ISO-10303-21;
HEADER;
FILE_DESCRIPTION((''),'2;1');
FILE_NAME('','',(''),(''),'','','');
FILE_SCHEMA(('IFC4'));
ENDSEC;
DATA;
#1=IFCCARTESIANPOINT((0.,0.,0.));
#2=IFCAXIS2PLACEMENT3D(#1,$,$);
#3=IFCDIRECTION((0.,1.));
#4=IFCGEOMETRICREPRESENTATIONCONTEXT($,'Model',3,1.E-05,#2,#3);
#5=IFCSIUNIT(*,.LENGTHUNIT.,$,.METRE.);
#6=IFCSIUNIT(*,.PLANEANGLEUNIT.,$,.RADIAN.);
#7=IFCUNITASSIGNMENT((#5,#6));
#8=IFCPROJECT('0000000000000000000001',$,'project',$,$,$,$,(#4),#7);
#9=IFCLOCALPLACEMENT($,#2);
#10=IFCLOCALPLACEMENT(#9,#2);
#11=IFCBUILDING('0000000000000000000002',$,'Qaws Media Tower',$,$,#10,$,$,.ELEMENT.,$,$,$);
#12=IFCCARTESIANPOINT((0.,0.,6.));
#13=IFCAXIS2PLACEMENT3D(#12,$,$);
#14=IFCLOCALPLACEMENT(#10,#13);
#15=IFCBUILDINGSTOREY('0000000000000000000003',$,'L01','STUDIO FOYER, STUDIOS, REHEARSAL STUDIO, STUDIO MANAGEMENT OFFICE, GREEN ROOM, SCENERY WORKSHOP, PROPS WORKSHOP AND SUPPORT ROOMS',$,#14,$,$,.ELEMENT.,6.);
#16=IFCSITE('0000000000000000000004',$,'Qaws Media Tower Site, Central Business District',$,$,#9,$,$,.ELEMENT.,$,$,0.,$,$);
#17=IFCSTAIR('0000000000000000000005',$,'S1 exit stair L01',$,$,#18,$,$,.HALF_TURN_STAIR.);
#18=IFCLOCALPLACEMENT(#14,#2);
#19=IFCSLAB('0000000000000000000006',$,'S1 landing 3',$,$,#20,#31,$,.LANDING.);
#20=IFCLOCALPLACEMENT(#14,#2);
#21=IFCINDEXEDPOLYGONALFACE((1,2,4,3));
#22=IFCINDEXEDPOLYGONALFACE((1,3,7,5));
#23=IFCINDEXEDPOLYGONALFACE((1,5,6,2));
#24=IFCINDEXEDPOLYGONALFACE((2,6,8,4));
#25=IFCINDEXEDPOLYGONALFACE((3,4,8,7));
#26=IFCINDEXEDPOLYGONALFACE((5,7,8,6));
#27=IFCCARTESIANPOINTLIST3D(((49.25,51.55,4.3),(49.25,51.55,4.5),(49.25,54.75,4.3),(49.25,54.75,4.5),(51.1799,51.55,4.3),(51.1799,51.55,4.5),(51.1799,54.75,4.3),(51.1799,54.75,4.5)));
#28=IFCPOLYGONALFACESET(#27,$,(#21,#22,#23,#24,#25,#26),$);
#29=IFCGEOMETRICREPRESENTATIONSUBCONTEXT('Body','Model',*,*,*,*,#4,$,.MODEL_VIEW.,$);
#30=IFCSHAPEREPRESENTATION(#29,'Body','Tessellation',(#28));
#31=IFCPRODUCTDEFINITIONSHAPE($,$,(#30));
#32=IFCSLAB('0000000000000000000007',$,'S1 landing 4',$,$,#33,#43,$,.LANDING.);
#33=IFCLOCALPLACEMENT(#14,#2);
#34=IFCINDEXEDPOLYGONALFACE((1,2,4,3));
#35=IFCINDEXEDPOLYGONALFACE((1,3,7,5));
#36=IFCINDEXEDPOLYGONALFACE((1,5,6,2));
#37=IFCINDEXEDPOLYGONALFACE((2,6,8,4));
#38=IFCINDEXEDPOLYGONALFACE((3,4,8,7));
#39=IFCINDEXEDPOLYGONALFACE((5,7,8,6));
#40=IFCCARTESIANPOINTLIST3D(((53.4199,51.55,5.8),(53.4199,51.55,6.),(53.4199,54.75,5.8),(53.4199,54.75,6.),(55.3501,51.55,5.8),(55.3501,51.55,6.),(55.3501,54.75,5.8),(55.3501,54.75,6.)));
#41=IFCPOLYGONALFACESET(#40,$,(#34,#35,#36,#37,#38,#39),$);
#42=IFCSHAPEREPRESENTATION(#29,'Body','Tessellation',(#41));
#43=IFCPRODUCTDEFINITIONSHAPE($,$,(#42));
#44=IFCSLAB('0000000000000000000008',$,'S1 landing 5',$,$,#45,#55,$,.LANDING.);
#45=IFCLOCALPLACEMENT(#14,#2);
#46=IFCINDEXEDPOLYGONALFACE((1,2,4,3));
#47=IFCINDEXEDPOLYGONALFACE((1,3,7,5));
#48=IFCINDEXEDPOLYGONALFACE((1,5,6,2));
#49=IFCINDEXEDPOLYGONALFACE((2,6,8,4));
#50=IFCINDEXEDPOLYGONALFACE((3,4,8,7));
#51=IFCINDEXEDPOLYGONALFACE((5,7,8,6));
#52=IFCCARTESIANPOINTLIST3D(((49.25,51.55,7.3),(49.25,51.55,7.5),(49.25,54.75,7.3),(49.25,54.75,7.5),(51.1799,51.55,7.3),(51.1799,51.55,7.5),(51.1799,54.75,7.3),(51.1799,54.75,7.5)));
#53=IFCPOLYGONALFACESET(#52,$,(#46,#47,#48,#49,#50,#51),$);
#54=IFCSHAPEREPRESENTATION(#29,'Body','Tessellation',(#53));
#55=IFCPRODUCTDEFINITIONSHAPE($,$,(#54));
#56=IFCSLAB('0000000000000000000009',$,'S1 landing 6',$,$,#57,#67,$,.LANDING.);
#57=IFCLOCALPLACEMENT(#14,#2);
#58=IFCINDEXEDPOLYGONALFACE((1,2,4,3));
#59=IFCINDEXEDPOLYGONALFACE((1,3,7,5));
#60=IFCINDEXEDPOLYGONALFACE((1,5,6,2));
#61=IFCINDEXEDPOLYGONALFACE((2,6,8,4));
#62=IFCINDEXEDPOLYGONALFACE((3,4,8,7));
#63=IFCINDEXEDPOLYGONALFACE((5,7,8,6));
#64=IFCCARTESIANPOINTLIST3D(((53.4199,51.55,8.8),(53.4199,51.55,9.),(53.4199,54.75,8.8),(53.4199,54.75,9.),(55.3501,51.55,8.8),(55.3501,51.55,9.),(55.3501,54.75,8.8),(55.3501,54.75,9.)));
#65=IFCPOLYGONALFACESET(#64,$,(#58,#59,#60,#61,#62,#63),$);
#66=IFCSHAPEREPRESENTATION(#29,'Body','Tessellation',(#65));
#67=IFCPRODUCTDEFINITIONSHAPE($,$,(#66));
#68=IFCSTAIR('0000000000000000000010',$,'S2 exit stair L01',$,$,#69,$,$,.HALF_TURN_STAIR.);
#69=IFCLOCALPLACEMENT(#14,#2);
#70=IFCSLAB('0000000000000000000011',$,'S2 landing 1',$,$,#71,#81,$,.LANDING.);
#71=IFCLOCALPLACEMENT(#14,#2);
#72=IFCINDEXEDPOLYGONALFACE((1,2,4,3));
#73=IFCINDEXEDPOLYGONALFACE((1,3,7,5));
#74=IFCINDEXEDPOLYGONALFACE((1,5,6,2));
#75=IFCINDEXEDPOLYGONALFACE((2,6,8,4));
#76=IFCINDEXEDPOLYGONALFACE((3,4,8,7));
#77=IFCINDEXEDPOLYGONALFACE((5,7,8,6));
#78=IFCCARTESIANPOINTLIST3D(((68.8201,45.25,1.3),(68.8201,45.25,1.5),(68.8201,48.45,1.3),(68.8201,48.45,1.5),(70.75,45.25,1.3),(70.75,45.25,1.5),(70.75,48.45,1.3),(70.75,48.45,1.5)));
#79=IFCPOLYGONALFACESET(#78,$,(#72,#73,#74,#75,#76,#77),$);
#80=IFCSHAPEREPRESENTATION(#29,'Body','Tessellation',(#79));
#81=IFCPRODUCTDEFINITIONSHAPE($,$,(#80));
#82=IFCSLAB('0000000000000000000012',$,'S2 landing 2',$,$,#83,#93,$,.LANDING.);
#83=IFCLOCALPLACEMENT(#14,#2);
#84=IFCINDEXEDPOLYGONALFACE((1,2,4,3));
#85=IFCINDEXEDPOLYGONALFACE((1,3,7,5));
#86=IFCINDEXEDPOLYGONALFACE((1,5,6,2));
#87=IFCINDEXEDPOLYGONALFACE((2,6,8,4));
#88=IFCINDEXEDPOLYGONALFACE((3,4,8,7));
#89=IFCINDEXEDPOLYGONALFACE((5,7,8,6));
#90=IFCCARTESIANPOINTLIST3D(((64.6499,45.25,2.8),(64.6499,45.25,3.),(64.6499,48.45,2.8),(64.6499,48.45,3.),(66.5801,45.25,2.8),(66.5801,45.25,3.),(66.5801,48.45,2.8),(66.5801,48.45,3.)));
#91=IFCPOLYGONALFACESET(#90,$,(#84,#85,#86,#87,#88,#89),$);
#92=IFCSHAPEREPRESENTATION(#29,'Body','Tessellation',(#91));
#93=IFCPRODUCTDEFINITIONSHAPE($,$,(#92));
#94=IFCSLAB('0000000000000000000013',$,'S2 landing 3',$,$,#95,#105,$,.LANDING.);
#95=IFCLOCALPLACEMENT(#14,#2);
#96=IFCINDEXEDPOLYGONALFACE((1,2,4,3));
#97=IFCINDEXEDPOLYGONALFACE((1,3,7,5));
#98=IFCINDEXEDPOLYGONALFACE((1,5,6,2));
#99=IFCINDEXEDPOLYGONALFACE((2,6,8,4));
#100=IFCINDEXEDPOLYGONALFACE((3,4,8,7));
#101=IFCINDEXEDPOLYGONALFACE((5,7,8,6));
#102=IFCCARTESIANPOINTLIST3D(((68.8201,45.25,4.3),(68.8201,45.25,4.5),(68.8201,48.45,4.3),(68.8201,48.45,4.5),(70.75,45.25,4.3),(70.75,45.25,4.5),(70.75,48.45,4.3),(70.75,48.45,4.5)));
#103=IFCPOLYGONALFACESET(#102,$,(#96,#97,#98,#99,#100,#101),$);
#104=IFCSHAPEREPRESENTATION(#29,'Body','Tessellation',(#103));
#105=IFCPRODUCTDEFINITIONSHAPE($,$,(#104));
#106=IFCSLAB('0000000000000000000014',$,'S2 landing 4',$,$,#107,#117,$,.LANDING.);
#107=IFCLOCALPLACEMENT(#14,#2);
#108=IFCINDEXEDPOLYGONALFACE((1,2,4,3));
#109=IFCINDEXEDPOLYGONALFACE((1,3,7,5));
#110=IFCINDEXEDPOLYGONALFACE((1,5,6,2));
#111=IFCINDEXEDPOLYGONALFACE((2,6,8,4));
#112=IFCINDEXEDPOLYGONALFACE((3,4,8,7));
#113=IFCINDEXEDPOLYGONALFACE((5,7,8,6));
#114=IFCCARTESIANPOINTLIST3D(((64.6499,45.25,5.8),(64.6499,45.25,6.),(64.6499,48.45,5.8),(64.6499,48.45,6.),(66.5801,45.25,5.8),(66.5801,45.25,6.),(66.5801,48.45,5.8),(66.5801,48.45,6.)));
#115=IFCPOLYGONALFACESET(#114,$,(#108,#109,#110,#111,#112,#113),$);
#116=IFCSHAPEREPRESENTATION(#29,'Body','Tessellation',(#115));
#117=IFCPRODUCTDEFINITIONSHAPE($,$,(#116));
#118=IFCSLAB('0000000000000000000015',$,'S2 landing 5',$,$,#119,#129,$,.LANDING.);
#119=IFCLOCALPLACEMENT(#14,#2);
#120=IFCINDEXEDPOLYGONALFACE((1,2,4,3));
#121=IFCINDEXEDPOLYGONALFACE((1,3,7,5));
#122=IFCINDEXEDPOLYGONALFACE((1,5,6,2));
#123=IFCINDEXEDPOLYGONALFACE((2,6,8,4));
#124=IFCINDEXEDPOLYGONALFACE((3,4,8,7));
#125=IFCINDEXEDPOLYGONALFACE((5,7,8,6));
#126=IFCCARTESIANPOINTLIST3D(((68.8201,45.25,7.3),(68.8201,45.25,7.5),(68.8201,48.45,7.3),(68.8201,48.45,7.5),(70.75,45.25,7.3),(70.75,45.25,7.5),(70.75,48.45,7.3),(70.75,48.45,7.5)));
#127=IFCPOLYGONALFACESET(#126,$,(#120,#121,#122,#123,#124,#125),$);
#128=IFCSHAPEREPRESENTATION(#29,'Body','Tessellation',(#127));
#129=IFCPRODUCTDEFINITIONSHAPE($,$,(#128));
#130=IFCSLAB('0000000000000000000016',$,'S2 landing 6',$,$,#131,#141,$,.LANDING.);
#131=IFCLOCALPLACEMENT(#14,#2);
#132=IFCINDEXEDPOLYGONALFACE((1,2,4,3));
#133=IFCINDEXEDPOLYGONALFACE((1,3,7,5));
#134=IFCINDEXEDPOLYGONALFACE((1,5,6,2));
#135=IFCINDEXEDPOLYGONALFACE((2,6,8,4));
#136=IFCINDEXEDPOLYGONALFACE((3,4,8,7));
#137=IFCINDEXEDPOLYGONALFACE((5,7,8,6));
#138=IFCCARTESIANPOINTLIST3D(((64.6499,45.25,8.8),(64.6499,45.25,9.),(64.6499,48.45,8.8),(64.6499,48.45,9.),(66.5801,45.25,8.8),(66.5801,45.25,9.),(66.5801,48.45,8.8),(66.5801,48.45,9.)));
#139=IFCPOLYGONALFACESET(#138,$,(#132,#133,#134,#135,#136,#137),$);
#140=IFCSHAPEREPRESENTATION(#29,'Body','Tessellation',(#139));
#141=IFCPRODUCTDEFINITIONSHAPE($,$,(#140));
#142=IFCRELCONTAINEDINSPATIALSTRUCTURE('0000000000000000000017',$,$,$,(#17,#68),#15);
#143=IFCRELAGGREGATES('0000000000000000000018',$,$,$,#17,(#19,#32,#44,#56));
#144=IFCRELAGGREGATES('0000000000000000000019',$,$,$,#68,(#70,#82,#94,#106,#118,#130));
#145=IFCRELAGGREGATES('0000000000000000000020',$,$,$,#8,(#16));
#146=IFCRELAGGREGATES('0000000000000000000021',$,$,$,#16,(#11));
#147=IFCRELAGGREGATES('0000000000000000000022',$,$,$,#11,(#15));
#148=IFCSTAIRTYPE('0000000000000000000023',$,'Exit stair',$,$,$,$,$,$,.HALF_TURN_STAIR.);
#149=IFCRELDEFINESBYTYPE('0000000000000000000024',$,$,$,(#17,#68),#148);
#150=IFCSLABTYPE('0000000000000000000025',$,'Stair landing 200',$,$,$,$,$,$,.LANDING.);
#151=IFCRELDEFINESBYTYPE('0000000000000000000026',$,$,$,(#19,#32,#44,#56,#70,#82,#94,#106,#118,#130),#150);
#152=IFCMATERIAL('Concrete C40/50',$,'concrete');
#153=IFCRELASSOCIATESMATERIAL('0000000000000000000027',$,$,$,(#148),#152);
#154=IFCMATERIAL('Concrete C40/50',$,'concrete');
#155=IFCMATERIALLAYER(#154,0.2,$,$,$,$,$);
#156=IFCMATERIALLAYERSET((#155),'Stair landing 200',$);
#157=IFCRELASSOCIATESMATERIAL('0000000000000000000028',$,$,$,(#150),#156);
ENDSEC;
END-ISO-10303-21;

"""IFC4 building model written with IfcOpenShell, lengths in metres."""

from ifc_helpers import new_model, si_unit, direction, frame, origin, place, context, subcontext, project, spatial, polyline, outline, extrude, material, layer, layer_set, type_object, element, aggregate, save


model = new_model("IFC4")

# Units and contexts
model_context = context("Model", 3, precision=1e-05, world=origin(), true_north=direction((0.0, 1.0)))
body_context = subcontext(model_context, "Body", "Model", "MODEL_VIEW")
ifc_project = project(units=[si_unit("LENGTHUNIT", "METRE"), si_unit("PLANEANGLEUNIT", "RADIAN")], contexts=[model_context])

# Site, building, storey
site_placement = place(None, origin())
site = spatial("IfcSite", under=ifc_project, at=site_placement, Name="Qaws Media Tower Site, Central Business District", CompositionType="ELEMENT", RefElevation=0.0)
building_placement = place(site_placement, origin())
building = spatial("IfcBuilding", under=site, at=building_placement, Name="Qaws Media Tower", CompositionType="ELEMENT")
storey_placement = place(building_placement, frame((0.0, 0.0, 6.0)))
storey = spatial("IfcBuildingStorey", under=building, at=storey_placement, Name="L01", Description="STUDIO FOYER, STUDIOS, REHEARSAL STUDIO, STUDIO MANAGEMENT OFFICE, GREEN ROOM, SCENERY WORKSHOP, PROPS WORKSHOP AND SUPPORT ROOMS", CompositionType="ELEMENT", Elevation=6.0)

# Stairs, slabs
ifc_material_1 = material(Name="Concrete C40/50", Category="concrete")
stair_type = type_object("IfcStairType", Name="Exit stair", PredefinedType="HALF_TURN_STAIR", material=ifc_material_1)
stair_1_placement = place(storey_placement, origin())
stair_1 = element("IfcStair", 1, at=stair_1_placement, inside=storey, type_object=stair_type, Name="S1 exit stair L01", PredefinedType="HALF_TURN_STAIR")
ifc_material_2 = material(Name="Concrete C40/50", Category="concrete")
ifc_layer_1 = layer(ifc_material_2, 0.2)
ifc_layer_set_1 = layer_set([ifc_layer_1], Name="Stair landing 200")
slab_type_1 = type_object("IfcSlabType", Name="Stair landing 200", PredefinedType="LANDING", material=ifc_layer_set_1)
slab_1_placement = place(storey_placement, frame((0.0, 0.0, 4.3)))
slab_1 = element("IfcSlab", 2, at=slab_1_placement, type_object=slab_type_1, Name="S1 landing 3", PredefinedType="LANDING", context=body_context, shape_type="SweptSolid", body=[
    extrude(outline(polyline([(49.25, 51.55), (51.1799, 51.55), (51.1799, 54.75), (49.25, 54.75), (49.25, 51.55)])), origin(), (0.0, 0.0, 1.0), 0.2),
])
slab_2_placement = place(storey_placement, frame((0.0, 0.0, 5.8)))
slab_2 = element("IfcSlab", 3, at=slab_2_placement, type_object=slab_type_1, Name="S1 landing 4", PredefinedType="LANDING", context=body_context, shape_type="SweptSolid", body=[
    extrude(outline(polyline([(53.4199, 51.55), (55.3501, 51.55), (55.3501, 54.75), (53.4199, 54.75), (53.4199, 51.55)])), origin(), (0.0, 0.0, 1.0), 0.2),
])
slab_3_placement = place(storey_placement, frame((0.0, 0.0, 7.3)))
slab_3 = element("IfcSlab", 4, at=slab_3_placement, type_object=slab_type_1, Name="S1 landing 5", PredefinedType="LANDING", context=body_context, shape_type="SweptSolid", body=[
    extrude(outline(polyline([(49.25, 51.55), (51.1799, 51.55), (51.1799, 54.75), (49.25, 54.75), (49.25, 51.55)])), origin(), (0.0, 0.0, 1.0), 0.2),
])
slab_4_placement = place(storey_placement, frame((0.0, 0.0, 8.8)))
slab_4 = element("IfcSlab", 5, at=slab_4_placement, type_object=slab_type_1, Name="S1 landing 6", PredefinedType="LANDING", context=body_context, shape_type="SweptSolid", body=[
    extrude(outline(polyline([(53.4199, 51.55), (55.3501, 51.55), (55.3501, 54.75), (53.4199, 54.75), (53.4199, 51.55)])), origin(), (0.0, 0.0, 1.0), 0.2),
])
aggregate(stair_1, [slab_1, slab_2, slab_3, slab_4])
stair_2_placement = place(storey_placement, origin())
stair_2 = element("IfcStair", 6, at=stair_2_placement, inside=storey, type_object=stair_type, Name="S2 exit stair L01", PredefinedType="HALF_TURN_STAIR")
slab_5_placement = place(storey_placement, frame((0.0, 0.0, 1.3)))
slab_5 = element("IfcSlab", 7, at=slab_5_placement, type_object=slab_type_1, Name="S2 landing 1", PredefinedType="LANDING", context=body_context, shape_type="SweptSolid", body=[
    extrude(outline(polyline([(68.8201, 45.25), (70.75, 45.25), (70.75, 48.45), (68.8201, 48.45), (68.8201, 45.25)])), origin(), (0.0, 0.0, 1.0), 0.2),
])
slab_6_placement = place(storey_placement, frame((0.0, 0.0, 2.8)))
slab_6 = element("IfcSlab", 8, at=slab_6_placement, type_object=slab_type_1, Name="S2 landing 2", PredefinedType="LANDING", context=body_context, shape_type="SweptSolid", body=[
    extrude(outline(polyline([(64.6499, 45.25), (66.5801, 45.25), (66.5801, 48.45), (64.6499, 48.45), (64.6499, 45.25)])), origin(), (0.0, 0.0, 1.0), 0.2),
])
slab_7_placement = place(storey_placement, frame((0.0, 0.0, 4.3)))
slab_7 = element("IfcSlab", 9, at=slab_7_placement, type_object=slab_type_1, Name="S2 landing 3", PredefinedType="LANDING", context=body_context, shape_type="SweptSolid", body=[
    extrude(outline(polyline([(68.8201, 45.25), (70.75, 45.25), (70.75, 48.45), (68.8201, 48.45), (68.8201, 45.25)])), origin(), (0.0, 0.0, 1.0), 0.2),
])
slab_8_placement = place(storey_placement, frame((0.0, 0.0, 5.8)))
slab_8 = element("IfcSlab", 10, at=slab_8_placement, type_object=slab_type_1, Name="S2 landing 4", PredefinedType="LANDING", context=body_context, shape_type="SweptSolid", body=[
    extrude(outline(polyline([(64.6499, 45.25), (66.5801, 45.25), (66.5801, 48.45), (64.6499, 48.45), (64.6499, 45.25)])), origin(), (0.0, 0.0, 1.0), 0.2),
])
slab_9_placement = place(storey_placement, frame((0.0, 0.0, 7.3)))
slab_9 = element("IfcSlab", 11, at=slab_9_placement, type_object=slab_type_1, Name="S2 landing 5", PredefinedType="LANDING", context=body_context, shape_type="SweptSolid", body=[
    extrude(outline(polyline([(68.8201, 45.25), (70.75, 45.25), (70.75, 48.45), (68.8201, 48.45), (68.8201, 45.25)])), origin(), (0.0, 0.0, 1.0), 0.2),
])
slab_10_placement = place(storey_placement, frame((0.0, 0.0, 8.8)))
slab_10 = element("IfcSlab", 12, at=slab_10_placement, type_object=slab_type_1, Name="S2 landing 6", PredefinedType="LANDING", context=body_context, shape_type="SweptSolid", body=[
    extrude(outline(polyline([(64.6499, 45.25), (66.5801, 45.25), (66.5801, 48.45), (64.6499, 48.45), (64.6499, 45.25)])), origin(), (0.0, 0.0, 1.0), 0.2),
])
aggregate(stair_2, [slab_5, slab_6, slab_7, slab_8, slab_9, slab_10])

save(model, "model.ifc")
